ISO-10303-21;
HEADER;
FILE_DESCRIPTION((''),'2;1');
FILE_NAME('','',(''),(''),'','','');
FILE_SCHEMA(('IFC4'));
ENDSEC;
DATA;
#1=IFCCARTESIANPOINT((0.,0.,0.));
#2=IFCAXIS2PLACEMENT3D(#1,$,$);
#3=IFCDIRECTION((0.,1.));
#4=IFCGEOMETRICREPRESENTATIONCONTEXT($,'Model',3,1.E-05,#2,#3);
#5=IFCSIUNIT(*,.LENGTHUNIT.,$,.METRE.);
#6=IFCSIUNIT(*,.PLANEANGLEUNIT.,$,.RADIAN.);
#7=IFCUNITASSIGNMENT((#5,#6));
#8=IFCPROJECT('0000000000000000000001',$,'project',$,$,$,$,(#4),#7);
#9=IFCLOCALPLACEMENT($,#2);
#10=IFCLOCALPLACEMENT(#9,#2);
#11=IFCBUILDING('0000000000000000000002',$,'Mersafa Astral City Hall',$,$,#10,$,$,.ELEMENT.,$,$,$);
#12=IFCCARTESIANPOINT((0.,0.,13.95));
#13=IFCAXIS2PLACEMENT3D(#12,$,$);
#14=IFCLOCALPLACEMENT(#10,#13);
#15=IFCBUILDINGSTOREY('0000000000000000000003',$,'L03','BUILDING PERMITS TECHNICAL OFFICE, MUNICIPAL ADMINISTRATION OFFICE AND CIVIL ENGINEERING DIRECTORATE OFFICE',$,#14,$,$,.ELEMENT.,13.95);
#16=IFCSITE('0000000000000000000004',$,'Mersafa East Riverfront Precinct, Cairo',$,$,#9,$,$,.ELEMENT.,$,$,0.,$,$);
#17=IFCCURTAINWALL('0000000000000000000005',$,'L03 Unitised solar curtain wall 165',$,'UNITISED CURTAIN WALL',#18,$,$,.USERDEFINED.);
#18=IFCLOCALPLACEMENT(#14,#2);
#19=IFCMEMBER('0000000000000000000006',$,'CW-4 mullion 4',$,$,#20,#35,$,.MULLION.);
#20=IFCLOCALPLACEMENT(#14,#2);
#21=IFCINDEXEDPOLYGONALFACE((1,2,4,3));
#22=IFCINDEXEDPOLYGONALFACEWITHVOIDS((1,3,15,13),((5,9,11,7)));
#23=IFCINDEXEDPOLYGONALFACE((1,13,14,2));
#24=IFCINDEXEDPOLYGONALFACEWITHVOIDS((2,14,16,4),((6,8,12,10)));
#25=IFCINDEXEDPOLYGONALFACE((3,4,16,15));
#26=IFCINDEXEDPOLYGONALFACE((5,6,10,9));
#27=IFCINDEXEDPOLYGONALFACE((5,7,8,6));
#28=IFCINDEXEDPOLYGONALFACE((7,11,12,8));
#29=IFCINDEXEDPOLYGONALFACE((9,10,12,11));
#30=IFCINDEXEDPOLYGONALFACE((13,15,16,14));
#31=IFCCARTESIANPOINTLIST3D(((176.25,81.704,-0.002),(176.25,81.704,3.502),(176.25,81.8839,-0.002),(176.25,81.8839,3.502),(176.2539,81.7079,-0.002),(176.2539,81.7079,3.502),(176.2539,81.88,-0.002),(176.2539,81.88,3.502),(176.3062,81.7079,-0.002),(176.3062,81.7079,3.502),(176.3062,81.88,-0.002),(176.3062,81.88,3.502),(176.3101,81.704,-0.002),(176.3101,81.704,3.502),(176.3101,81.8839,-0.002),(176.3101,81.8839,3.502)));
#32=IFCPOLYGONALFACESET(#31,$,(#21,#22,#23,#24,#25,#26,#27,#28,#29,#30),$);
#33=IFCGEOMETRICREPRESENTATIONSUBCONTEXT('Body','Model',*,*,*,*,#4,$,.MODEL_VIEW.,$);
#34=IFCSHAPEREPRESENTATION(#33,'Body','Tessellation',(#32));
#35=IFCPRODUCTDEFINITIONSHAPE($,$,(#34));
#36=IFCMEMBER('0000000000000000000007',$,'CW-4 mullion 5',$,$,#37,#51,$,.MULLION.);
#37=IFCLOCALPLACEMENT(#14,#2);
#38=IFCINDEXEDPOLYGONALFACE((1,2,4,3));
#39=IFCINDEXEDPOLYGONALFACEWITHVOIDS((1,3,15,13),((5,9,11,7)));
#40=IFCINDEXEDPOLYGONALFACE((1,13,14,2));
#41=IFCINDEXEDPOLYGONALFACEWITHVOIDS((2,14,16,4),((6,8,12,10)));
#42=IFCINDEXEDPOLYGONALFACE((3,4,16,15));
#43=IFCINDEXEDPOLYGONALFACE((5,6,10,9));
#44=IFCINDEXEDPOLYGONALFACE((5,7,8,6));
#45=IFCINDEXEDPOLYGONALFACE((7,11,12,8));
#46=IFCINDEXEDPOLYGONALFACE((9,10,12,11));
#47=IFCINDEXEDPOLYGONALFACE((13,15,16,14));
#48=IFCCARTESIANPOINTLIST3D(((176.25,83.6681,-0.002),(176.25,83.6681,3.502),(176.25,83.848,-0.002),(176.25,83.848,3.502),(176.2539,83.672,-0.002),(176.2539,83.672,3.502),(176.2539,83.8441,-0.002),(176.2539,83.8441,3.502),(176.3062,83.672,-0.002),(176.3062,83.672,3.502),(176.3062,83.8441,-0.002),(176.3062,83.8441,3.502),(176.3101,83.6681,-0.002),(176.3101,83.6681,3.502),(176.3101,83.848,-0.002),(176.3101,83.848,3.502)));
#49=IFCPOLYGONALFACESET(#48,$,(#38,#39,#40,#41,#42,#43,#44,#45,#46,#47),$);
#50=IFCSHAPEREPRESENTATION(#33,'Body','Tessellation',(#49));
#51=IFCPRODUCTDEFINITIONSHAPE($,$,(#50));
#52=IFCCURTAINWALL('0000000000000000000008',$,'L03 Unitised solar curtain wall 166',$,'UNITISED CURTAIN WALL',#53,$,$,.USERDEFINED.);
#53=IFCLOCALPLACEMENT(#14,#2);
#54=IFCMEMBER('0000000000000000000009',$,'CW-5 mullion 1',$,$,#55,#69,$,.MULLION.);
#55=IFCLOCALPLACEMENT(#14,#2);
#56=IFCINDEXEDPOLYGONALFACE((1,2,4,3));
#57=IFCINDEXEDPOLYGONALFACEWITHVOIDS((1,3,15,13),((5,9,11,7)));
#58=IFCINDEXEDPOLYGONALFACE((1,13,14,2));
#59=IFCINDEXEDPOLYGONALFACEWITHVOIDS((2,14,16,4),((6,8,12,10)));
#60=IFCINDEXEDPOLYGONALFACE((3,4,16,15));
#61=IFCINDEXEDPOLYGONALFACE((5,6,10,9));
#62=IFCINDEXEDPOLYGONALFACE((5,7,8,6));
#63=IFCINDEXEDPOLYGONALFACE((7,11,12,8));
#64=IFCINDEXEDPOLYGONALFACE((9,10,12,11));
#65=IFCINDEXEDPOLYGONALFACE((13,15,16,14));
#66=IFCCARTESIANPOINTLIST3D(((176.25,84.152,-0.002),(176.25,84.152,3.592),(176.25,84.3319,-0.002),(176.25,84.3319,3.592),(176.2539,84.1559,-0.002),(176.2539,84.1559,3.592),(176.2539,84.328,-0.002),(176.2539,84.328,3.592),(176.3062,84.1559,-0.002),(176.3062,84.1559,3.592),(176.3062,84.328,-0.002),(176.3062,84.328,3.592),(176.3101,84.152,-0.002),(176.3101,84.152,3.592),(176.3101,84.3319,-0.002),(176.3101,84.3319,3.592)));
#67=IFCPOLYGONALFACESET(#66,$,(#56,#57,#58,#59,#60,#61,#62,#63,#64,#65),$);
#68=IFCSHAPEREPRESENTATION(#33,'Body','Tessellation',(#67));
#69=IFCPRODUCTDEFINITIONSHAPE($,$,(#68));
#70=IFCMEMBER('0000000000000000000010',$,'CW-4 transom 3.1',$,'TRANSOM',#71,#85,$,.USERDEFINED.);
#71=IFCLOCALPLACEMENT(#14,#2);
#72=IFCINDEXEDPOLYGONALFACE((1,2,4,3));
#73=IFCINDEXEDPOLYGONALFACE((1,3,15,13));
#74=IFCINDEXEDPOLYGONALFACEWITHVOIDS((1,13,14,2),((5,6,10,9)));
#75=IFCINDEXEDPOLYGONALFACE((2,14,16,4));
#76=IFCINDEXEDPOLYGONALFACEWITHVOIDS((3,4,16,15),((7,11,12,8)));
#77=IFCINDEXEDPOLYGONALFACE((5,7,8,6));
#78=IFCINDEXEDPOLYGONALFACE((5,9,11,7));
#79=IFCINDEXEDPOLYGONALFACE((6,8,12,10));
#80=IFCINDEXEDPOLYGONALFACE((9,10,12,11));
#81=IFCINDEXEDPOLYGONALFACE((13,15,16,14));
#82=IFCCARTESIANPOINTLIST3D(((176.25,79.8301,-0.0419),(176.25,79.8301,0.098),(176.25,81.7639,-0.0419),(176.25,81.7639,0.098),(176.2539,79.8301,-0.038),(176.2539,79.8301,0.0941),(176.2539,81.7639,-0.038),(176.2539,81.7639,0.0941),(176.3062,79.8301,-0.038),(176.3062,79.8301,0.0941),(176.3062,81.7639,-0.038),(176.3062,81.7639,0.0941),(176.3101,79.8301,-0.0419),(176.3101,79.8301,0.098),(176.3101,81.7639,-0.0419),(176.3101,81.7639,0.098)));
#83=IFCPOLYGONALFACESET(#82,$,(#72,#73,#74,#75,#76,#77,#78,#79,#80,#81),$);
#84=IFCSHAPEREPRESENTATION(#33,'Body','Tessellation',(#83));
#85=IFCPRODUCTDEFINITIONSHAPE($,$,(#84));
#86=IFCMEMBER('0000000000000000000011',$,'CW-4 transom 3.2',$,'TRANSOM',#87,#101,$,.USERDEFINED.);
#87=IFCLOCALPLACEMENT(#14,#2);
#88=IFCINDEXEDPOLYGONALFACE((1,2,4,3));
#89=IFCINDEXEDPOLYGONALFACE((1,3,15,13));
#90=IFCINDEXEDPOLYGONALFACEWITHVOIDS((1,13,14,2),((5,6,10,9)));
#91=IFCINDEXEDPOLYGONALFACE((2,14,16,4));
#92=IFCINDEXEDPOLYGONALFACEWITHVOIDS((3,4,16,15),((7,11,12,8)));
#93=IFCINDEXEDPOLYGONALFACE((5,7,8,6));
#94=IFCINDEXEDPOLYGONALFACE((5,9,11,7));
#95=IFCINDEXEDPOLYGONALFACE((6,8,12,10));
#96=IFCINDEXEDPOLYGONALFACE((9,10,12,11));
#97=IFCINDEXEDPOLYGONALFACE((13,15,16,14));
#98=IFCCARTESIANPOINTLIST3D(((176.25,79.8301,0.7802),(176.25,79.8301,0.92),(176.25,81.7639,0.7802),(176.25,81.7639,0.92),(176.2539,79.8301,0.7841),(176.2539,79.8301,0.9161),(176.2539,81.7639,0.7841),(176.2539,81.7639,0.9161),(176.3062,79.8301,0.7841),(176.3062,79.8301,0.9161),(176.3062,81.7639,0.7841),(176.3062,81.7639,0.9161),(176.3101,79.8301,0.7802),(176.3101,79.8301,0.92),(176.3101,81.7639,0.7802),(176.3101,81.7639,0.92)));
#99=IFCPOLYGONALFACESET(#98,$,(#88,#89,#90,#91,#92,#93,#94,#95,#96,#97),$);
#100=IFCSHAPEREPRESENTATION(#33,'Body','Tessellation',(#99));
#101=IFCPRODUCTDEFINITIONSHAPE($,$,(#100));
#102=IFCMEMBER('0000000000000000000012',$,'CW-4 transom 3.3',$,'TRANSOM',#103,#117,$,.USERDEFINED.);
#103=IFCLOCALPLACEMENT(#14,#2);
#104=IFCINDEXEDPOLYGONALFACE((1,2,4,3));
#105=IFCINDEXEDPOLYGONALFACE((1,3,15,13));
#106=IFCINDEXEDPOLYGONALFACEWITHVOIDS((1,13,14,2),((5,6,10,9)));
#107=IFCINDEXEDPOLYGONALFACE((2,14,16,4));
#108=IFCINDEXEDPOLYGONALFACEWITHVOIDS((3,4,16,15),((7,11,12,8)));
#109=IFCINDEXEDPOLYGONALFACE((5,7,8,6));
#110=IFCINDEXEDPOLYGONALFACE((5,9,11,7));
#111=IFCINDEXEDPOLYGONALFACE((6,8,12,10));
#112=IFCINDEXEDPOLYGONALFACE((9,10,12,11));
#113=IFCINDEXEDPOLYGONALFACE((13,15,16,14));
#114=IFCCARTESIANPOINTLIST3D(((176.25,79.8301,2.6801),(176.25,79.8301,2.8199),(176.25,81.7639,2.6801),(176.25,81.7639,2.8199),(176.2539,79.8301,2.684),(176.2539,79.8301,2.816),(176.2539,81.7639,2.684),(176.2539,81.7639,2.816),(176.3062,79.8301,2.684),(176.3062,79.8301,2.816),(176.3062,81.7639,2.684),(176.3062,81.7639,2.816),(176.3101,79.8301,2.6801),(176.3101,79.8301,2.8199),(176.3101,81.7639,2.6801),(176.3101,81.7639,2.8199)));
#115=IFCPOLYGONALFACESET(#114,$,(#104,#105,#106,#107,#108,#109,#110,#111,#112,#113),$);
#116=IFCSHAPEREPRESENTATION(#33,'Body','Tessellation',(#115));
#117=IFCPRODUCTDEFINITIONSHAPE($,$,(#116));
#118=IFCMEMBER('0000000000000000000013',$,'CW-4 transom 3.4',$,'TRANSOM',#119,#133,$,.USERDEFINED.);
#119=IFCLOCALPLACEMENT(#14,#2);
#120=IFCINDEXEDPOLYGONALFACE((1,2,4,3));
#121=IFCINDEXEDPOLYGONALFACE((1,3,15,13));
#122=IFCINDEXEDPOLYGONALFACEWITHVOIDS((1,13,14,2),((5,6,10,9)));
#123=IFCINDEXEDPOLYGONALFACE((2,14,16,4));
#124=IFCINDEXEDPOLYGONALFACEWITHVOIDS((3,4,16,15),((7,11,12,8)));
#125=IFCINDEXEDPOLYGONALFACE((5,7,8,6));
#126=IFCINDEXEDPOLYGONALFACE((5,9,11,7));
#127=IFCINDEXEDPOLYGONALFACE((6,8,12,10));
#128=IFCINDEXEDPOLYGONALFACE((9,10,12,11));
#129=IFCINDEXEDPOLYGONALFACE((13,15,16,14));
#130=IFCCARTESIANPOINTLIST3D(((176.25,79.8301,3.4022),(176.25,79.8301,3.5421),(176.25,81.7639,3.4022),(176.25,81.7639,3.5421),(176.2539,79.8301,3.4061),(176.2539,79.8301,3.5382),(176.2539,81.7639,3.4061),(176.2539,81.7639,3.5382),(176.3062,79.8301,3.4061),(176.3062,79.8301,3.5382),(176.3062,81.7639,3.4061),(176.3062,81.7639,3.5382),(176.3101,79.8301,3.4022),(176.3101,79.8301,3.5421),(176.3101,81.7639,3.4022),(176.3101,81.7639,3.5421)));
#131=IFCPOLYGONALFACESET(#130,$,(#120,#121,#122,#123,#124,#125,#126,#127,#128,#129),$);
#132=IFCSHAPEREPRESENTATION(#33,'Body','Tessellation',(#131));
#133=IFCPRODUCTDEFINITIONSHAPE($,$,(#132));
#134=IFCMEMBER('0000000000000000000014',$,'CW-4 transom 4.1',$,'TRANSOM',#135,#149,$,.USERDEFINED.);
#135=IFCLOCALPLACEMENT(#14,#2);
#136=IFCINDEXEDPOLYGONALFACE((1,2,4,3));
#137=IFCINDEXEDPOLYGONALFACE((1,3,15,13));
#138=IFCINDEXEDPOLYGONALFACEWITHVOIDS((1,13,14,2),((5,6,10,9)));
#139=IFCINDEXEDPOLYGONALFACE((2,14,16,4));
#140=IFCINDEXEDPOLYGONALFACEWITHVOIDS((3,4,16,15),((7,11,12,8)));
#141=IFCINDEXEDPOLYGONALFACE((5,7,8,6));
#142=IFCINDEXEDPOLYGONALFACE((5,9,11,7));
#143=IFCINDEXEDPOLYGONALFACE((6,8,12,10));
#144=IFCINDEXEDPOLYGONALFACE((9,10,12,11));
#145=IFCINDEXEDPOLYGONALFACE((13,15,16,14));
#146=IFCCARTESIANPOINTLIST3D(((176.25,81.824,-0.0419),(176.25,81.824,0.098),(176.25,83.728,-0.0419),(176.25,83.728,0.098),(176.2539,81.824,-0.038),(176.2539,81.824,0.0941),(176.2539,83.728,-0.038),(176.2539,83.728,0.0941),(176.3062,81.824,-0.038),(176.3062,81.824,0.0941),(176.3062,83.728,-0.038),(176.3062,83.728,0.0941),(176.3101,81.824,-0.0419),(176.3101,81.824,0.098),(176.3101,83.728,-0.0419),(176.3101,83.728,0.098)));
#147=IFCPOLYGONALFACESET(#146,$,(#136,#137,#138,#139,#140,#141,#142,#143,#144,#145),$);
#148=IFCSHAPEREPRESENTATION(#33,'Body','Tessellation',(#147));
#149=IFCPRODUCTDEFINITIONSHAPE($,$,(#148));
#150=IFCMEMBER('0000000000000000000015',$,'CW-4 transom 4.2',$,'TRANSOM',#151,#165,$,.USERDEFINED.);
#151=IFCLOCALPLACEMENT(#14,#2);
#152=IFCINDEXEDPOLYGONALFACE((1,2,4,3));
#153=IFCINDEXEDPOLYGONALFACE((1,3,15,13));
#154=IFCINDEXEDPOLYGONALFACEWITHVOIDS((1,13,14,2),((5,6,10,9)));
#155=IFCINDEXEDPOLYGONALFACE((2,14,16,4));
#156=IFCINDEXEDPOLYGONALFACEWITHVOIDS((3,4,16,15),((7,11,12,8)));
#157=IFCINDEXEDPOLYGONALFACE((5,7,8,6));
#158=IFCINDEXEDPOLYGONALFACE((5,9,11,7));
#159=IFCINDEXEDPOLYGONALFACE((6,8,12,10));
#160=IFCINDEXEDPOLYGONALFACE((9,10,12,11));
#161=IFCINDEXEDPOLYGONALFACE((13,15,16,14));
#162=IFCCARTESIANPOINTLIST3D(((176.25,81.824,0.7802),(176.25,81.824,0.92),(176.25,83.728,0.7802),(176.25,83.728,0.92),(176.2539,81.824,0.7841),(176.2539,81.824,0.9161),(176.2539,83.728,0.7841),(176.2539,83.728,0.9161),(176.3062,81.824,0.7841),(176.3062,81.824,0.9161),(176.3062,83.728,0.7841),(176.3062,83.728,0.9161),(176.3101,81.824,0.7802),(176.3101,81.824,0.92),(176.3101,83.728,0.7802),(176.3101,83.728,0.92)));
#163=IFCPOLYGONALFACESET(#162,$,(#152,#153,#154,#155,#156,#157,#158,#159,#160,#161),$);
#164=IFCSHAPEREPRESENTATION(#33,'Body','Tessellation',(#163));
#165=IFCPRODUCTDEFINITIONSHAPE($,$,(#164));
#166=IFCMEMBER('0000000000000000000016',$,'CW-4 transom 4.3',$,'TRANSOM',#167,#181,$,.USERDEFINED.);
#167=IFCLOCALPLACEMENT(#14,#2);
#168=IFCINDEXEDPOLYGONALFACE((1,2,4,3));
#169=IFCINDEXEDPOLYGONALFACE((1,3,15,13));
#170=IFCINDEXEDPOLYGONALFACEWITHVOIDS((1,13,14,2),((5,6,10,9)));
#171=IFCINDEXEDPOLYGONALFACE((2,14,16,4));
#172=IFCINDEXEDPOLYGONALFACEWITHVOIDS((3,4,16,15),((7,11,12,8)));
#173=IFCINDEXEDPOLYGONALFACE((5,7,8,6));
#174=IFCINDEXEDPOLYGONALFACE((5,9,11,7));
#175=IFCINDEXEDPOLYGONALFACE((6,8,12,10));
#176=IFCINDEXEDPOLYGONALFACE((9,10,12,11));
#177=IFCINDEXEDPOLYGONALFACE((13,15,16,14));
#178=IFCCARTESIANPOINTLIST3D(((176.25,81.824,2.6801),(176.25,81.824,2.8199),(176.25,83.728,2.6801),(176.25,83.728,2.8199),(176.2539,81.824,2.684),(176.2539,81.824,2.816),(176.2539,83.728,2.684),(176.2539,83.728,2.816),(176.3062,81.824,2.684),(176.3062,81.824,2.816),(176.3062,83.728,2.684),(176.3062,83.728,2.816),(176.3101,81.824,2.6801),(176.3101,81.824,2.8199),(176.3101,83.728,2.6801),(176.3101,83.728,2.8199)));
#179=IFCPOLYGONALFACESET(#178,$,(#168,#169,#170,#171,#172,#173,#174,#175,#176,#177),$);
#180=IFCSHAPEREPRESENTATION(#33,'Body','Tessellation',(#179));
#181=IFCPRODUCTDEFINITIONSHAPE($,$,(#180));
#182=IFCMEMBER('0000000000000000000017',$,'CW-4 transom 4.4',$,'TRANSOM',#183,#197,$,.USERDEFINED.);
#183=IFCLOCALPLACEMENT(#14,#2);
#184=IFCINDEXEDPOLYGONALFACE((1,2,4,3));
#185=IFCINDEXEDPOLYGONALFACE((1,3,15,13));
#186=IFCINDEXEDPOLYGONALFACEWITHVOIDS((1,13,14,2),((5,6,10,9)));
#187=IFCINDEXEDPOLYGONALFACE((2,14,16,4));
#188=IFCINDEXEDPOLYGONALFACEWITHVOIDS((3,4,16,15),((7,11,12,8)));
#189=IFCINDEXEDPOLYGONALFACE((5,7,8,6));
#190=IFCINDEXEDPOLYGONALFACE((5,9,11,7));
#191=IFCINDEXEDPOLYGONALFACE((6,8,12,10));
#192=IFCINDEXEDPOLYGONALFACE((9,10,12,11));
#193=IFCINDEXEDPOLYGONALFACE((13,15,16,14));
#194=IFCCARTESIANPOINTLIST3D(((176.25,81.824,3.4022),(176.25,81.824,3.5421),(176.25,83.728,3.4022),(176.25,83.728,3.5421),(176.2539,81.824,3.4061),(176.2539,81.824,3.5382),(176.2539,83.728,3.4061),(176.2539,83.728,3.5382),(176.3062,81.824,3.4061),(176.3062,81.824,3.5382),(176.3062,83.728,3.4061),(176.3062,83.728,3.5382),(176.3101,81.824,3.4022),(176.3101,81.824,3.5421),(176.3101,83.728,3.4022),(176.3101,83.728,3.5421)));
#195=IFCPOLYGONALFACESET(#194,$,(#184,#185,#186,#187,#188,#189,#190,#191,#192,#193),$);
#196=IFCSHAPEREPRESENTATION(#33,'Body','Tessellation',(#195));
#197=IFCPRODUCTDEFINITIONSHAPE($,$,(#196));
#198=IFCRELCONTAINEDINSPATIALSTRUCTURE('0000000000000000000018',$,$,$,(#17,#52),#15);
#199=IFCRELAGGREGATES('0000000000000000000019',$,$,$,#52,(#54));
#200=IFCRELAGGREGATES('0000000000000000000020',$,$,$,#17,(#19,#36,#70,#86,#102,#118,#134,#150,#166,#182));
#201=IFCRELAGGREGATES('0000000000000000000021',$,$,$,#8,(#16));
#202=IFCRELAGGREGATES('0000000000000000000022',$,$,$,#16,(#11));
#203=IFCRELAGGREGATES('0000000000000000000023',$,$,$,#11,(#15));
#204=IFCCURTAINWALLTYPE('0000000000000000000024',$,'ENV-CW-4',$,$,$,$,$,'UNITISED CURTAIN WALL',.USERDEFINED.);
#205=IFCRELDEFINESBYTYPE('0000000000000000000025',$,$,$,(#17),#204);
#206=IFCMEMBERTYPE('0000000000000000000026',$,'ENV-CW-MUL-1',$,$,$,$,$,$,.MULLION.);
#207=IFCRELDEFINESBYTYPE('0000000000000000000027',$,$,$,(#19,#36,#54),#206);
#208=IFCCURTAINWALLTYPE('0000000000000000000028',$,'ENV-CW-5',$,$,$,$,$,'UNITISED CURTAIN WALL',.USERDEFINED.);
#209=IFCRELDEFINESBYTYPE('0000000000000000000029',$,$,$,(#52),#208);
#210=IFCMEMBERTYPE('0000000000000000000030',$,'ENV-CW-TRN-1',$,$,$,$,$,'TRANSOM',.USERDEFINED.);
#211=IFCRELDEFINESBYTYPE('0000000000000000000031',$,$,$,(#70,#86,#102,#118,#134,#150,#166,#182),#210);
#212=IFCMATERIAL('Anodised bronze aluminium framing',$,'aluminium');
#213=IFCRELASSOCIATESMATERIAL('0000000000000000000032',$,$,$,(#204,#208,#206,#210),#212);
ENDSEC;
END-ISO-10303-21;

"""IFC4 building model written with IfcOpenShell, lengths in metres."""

from ifc_helpers import new_model, si_unit, direction, frame, origin, origin_2d, place, context, subcontext, project, spatial, hollow_rectangle, extrude, material, material_profile, profile_set, type_object, element, aggregate, save


model = new_model("IFC4")

# Units and contexts
model_context = context("Model", 3, precision=1e-05, world=origin(), true_north=direction((0.0, 1.0)))
body_context = subcontext(model_context, "Body", "Model", "MODEL_VIEW")
ifc_project = project(units=[si_unit("LENGTHUNIT", "METRE"), si_unit("PLANEANGLEUNIT", "RADIAN")], contexts=[model_context])

# Site, building, storey
site_placement = place(None, origin())
site = spatial("IfcSite", under=ifc_project, at=site_placement, Name="Mersafa East Riverfront Precinct, Cairo", CompositionType="ELEMENT", RefElevation=0.0)
building_placement = place(site_placement, origin())
building = spatial("IfcBuilding", under=site, at=building_placement, Name="Mersafa Astral City Hall", CompositionType="ELEMENT")
storey_placement = place(building_placement, frame((0.0, 0.0, 13.95)))
storey = spatial("IfcBuildingStorey", under=building, at=storey_placement, Name="L03", Description="BUILDING PERMITS TECHNICAL OFFICE, MUNICIPAL ADMINISTRATION OFFICE AND CIVIL ENGINEERING DIRECTORATE OFFICE", CompositionType="ELEMENT", Elevation=13.95)

# Curtain wall, members
ifc_material_1 = material(Name="Anodised bronze aluminium framing", Category="aluminium")
curtain_wall_type_1 = type_object("IfcCurtainWallType", Name="ENV-CW-4", ElementType="UNITISED CURTAIN WALL", PredefinedType="USERDEFINED", material=ifc_material_1)
curtain_wall_1_placement = place(storey_placement, origin())
curtain_wall_1 = element("IfcCurtainWall", 1, at=curtain_wall_1_placement, inside=storey, type_object=curtain_wall_type_1, Name="L03 Unitised solar curtain wall 165", ObjectType="UNITISED CURTAIN WALL", PredefinedType="USERDEFINED")
ifc_material_profile_1 = material_profile(ifc_material_1, hollow_rectangle(XDim=0.0601, YDim=0.1799, WallThickness=0.0039, at=origin_2d()), Name="RHS 60x180x4")
ifc_profile_set_1 = profile_set([ifc_material_profile_1], Name="Anodised bronze aluminium framing")
member_type_1 = type_object("IfcMemberType", Name="ENV-CW-MUL-1", PredefinedType="MULLION", material=ifc_profile_set_1)
member_1_placement = place(storey_placement, frame((176.28, 81.7939, -0.002), z_axis=(0.0, 0.0, 1.0), x_axis=(-1.0, 0.0, 0.0)))
member_1 = element("IfcMember", 2, at=member_1_placement, type_object=member_type_1, Name="CW-4 mullion 4", PredefinedType="MULLION", context=body_context, shape_type="SweptSolid", body=[
    extrude(hollow_rectangle(XDim=0.0601, YDim=0.1799, WallThickness=0.0039, at=origin_2d()), origin(), (0.0, 0.0, 1.0), 3.5039),
])
member_2_placement = place(storey_placement, frame((176.28, 83.7581, -0.002), z_axis=(0.0, 0.0, 1.0), x_axis=(-1.0, 0.0, 0.0)))
member_2 = element("IfcMember", 3, at=member_2_placement, type_object=member_type_1, Name="CW-4 mullion 5", PredefinedType="MULLION", context=body_context, shape_type="SweptSolid", body=[
    extrude(hollow_rectangle(XDim=0.0601, YDim=0.1799, WallThickness=0.0039, at=origin_2d()), origin(), (0.0, 0.0, 1.0), 3.5039),
])

# Curtain wall, member
curtain_wall_type_2 = type_object("IfcCurtainWallType", Name="ENV-CW-5", ElementType="UNITISED CURTAIN WALL", PredefinedType="USERDEFINED", material=ifc_material_1)
curtain_wall_2_placement = place(storey_placement, origin())
curtain_wall_2 = element("IfcCurtainWall", 4, at=curtain_wall_2_placement, inside=storey, type_object=curtain_wall_type_2, Name="L03 Unitised solar curtain wall 166", ObjectType="UNITISED CURTAIN WALL", PredefinedType="USERDEFINED")
member_3_placement = place(storey_placement, frame((176.28, 84.2419, -0.002), z_axis=(0.0, 0.0, 1.0), x_axis=(-1.0, 0.0, 0.0)))
member_3 = element("IfcMember", 5, at=member_3_placement, type_object=member_type_1, Name="CW-5 mullion 1", PredefinedType="MULLION", context=body_context, shape_type="SweptSolid", body=[
    extrude(hollow_rectangle(XDim=0.0601, YDim=0.1799, WallThickness=0.0039, at=origin_2d()), origin(), (0.0, 0.0, 1.0), 3.594),
])

# Members
ifc_material_profile_2 = material_profile(ifc_material_1, hollow_rectangle(XDim=0.0601, YDim=0.1399, WallThickness=0.0039, at=origin_2d()), Name="RHS 60x140x4")
ifc_profile_set_2 = profile_set([ifc_material_profile_2], Name="Anodised bronze aluminium framing")
member_type_2 = type_object("IfcMemberType", Name="ENV-CW-TRN-1", ElementType="TRANSOM", PredefinedType="USERDEFINED", material=ifc_profile_set_2)
member_4_placement = place(storey_placement, frame((176.28, 79.8301, 0.0281), z_axis=(0.0, 1.0, 0.0), x_axis=(-1.0, 0.0, 0.0)))
member_4 = element("IfcMember", 6, at=member_4_placement, type_object=member_type_2, Name="CW-4 transom 3.1", ObjectType="TRANSOM", PredefinedType="USERDEFINED", context=body_context, shape_type="SweptSolid", body=[
    extrude(hollow_rectangle(XDim=0.0601, YDim=0.1399, WallThickness=0.0039, at=origin_2d()), origin(), (0.0, 0.0, 1.0), 1.9338),
])
member_5_placement = place(storey_placement, frame((176.28, 79.8301, 0.8501), z_axis=(0.0, 1.0, 0.0), x_axis=(-1.0, 0.0, 0.0)))
member_5 = element("IfcMember", 7, at=member_5_placement, type_object=member_type_2, Name="CW-4 transom 3.2", ObjectType="TRANSOM", PredefinedType="USERDEFINED", context=body_context, shape_type="SweptSolid", body=[
    extrude(hollow_rectangle(XDim=0.0601, YDim=0.1399, WallThickness=0.0039, at=origin_2d()), origin(), (0.0, 0.0, 1.0), 1.9338),
])
member_6_placement = place(storey_placement, frame((176.28, 79.8301, 2.75), z_axis=(0.0, 1.0, 0.0), x_axis=(-1.0, 0.0, 0.0)))
member_6 = element("IfcMember", 8, at=member_6_placement, type_object=member_type_2, Name="CW-4 transom 3.3", ObjectType="TRANSOM", PredefinedType="USERDEFINED", context=body_context, shape_type="SweptSolid", body=[
    extrude(hollow_rectangle(XDim=0.0601, YDim=0.1399, WallThickness=0.0039, at=origin_2d()), origin(), (0.0, 0.0, 1.0), 1.9338),
])
member_7_placement = place(storey_placement, frame((176.28, 79.8301, 3.4722), z_axis=(0.0, 1.0, 0.0), x_axis=(-1.0, 0.0, 0.0)))
member_7 = element("IfcMember", 9, at=member_7_placement, type_object=member_type_2, Name="CW-4 transom 3.4", ObjectType="TRANSOM", PredefinedType="USERDEFINED", context=body_context, shape_type="SweptSolid", body=[
    extrude(hollow_rectangle(XDim=0.0601, YDim=0.1399, WallThickness=0.0039, at=origin_2d()), origin(), (0.0, 0.0, 1.0), 1.9338),
])
member_8_placement = place(storey_placement, frame((176.28, 81.824, 0.0281), z_axis=(0.0, 1.0, 0.0), x_axis=(-1.0, 0.0, 0.0)))
member_8 = element("IfcMember", 10, at=member_8_placement, type_object=member_type_2, Name="CW-4 transom 4.1", ObjectType="TRANSOM", PredefinedType="USERDEFINED", context=body_context, shape_type="SweptSolid", body=[
    extrude(hollow_rectangle(XDim=0.0601, YDim=0.1399, WallThickness=0.0039, at=origin_2d()), origin(), (0.0, 0.0, 1.0), 1.9041),
])
member_9_placement = place(storey_placement, frame((176.28, 81.824, 0.8501), z_axis=(0.0, 1.0, 0.0), x_axis=(-1.0, 0.0, 0.0)))
member_9 = element("IfcMember", 11, at=member_9_placement, type_object=member_type_2, Name="CW-4 transom 4.2", ObjectType="TRANSOM", PredefinedType="USERDEFINED", context=body_context, shape_type="SweptSolid", body=[
    extrude(hollow_rectangle(XDim=0.0601, YDim=0.1399, WallThickness=0.0039, at=origin_2d()), origin(), (0.0, 0.0, 1.0), 1.9041),
])
member_10_placement = place(storey_placement, frame((176.28, 81.824, 2.75), z_axis=(0.0, 1.0, 0.0), x_axis=(-1.0, 0.0, 0.0)))
member_10 = element("IfcMember", 12, at=member_10_placement, type_object=member_type_2, Name="CW-4 transom 4.3", ObjectType="TRANSOM", PredefinedType="USERDEFINED", context=body_context, shape_type="SweptSolid", body=[
    extrude(hollow_rectangle(XDim=0.0601, YDim=0.1399, WallThickness=0.0039, at=origin_2d()), origin(), (0.0, 0.0, 1.0), 1.9041),
])
member_11_placement = place(storey_placement, frame((176.28, 81.824, 3.4722), z_axis=(0.0, 1.0, 0.0), x_axis=(-1.0, 0.0, 0.0)))
member_11 = element("IfcMember", 13, at=member_11_placement, type_object=member_type_2, Name="CW-4 transom 4.4", ObjectType="TRANSOM", PredefinedType="USERDEFINED", context=body_context, shape_type="SweptSolid", body=[
    extrude(hollow_rectangle(XDim=0.0601, YDim=0.1399, WallThickness=0.0039, at=origin_2d()), origin(), (0.0, 0.0, 1.0), 1.9041),
])
aggregate(curtain_wall_2, [member_3])

aggregate(curtain_wall_1, [member_1, member_2, member_4, member_5, member_6, member_7, member_8, member_9, member_10, member_11])

save(model, "model.ifc")
